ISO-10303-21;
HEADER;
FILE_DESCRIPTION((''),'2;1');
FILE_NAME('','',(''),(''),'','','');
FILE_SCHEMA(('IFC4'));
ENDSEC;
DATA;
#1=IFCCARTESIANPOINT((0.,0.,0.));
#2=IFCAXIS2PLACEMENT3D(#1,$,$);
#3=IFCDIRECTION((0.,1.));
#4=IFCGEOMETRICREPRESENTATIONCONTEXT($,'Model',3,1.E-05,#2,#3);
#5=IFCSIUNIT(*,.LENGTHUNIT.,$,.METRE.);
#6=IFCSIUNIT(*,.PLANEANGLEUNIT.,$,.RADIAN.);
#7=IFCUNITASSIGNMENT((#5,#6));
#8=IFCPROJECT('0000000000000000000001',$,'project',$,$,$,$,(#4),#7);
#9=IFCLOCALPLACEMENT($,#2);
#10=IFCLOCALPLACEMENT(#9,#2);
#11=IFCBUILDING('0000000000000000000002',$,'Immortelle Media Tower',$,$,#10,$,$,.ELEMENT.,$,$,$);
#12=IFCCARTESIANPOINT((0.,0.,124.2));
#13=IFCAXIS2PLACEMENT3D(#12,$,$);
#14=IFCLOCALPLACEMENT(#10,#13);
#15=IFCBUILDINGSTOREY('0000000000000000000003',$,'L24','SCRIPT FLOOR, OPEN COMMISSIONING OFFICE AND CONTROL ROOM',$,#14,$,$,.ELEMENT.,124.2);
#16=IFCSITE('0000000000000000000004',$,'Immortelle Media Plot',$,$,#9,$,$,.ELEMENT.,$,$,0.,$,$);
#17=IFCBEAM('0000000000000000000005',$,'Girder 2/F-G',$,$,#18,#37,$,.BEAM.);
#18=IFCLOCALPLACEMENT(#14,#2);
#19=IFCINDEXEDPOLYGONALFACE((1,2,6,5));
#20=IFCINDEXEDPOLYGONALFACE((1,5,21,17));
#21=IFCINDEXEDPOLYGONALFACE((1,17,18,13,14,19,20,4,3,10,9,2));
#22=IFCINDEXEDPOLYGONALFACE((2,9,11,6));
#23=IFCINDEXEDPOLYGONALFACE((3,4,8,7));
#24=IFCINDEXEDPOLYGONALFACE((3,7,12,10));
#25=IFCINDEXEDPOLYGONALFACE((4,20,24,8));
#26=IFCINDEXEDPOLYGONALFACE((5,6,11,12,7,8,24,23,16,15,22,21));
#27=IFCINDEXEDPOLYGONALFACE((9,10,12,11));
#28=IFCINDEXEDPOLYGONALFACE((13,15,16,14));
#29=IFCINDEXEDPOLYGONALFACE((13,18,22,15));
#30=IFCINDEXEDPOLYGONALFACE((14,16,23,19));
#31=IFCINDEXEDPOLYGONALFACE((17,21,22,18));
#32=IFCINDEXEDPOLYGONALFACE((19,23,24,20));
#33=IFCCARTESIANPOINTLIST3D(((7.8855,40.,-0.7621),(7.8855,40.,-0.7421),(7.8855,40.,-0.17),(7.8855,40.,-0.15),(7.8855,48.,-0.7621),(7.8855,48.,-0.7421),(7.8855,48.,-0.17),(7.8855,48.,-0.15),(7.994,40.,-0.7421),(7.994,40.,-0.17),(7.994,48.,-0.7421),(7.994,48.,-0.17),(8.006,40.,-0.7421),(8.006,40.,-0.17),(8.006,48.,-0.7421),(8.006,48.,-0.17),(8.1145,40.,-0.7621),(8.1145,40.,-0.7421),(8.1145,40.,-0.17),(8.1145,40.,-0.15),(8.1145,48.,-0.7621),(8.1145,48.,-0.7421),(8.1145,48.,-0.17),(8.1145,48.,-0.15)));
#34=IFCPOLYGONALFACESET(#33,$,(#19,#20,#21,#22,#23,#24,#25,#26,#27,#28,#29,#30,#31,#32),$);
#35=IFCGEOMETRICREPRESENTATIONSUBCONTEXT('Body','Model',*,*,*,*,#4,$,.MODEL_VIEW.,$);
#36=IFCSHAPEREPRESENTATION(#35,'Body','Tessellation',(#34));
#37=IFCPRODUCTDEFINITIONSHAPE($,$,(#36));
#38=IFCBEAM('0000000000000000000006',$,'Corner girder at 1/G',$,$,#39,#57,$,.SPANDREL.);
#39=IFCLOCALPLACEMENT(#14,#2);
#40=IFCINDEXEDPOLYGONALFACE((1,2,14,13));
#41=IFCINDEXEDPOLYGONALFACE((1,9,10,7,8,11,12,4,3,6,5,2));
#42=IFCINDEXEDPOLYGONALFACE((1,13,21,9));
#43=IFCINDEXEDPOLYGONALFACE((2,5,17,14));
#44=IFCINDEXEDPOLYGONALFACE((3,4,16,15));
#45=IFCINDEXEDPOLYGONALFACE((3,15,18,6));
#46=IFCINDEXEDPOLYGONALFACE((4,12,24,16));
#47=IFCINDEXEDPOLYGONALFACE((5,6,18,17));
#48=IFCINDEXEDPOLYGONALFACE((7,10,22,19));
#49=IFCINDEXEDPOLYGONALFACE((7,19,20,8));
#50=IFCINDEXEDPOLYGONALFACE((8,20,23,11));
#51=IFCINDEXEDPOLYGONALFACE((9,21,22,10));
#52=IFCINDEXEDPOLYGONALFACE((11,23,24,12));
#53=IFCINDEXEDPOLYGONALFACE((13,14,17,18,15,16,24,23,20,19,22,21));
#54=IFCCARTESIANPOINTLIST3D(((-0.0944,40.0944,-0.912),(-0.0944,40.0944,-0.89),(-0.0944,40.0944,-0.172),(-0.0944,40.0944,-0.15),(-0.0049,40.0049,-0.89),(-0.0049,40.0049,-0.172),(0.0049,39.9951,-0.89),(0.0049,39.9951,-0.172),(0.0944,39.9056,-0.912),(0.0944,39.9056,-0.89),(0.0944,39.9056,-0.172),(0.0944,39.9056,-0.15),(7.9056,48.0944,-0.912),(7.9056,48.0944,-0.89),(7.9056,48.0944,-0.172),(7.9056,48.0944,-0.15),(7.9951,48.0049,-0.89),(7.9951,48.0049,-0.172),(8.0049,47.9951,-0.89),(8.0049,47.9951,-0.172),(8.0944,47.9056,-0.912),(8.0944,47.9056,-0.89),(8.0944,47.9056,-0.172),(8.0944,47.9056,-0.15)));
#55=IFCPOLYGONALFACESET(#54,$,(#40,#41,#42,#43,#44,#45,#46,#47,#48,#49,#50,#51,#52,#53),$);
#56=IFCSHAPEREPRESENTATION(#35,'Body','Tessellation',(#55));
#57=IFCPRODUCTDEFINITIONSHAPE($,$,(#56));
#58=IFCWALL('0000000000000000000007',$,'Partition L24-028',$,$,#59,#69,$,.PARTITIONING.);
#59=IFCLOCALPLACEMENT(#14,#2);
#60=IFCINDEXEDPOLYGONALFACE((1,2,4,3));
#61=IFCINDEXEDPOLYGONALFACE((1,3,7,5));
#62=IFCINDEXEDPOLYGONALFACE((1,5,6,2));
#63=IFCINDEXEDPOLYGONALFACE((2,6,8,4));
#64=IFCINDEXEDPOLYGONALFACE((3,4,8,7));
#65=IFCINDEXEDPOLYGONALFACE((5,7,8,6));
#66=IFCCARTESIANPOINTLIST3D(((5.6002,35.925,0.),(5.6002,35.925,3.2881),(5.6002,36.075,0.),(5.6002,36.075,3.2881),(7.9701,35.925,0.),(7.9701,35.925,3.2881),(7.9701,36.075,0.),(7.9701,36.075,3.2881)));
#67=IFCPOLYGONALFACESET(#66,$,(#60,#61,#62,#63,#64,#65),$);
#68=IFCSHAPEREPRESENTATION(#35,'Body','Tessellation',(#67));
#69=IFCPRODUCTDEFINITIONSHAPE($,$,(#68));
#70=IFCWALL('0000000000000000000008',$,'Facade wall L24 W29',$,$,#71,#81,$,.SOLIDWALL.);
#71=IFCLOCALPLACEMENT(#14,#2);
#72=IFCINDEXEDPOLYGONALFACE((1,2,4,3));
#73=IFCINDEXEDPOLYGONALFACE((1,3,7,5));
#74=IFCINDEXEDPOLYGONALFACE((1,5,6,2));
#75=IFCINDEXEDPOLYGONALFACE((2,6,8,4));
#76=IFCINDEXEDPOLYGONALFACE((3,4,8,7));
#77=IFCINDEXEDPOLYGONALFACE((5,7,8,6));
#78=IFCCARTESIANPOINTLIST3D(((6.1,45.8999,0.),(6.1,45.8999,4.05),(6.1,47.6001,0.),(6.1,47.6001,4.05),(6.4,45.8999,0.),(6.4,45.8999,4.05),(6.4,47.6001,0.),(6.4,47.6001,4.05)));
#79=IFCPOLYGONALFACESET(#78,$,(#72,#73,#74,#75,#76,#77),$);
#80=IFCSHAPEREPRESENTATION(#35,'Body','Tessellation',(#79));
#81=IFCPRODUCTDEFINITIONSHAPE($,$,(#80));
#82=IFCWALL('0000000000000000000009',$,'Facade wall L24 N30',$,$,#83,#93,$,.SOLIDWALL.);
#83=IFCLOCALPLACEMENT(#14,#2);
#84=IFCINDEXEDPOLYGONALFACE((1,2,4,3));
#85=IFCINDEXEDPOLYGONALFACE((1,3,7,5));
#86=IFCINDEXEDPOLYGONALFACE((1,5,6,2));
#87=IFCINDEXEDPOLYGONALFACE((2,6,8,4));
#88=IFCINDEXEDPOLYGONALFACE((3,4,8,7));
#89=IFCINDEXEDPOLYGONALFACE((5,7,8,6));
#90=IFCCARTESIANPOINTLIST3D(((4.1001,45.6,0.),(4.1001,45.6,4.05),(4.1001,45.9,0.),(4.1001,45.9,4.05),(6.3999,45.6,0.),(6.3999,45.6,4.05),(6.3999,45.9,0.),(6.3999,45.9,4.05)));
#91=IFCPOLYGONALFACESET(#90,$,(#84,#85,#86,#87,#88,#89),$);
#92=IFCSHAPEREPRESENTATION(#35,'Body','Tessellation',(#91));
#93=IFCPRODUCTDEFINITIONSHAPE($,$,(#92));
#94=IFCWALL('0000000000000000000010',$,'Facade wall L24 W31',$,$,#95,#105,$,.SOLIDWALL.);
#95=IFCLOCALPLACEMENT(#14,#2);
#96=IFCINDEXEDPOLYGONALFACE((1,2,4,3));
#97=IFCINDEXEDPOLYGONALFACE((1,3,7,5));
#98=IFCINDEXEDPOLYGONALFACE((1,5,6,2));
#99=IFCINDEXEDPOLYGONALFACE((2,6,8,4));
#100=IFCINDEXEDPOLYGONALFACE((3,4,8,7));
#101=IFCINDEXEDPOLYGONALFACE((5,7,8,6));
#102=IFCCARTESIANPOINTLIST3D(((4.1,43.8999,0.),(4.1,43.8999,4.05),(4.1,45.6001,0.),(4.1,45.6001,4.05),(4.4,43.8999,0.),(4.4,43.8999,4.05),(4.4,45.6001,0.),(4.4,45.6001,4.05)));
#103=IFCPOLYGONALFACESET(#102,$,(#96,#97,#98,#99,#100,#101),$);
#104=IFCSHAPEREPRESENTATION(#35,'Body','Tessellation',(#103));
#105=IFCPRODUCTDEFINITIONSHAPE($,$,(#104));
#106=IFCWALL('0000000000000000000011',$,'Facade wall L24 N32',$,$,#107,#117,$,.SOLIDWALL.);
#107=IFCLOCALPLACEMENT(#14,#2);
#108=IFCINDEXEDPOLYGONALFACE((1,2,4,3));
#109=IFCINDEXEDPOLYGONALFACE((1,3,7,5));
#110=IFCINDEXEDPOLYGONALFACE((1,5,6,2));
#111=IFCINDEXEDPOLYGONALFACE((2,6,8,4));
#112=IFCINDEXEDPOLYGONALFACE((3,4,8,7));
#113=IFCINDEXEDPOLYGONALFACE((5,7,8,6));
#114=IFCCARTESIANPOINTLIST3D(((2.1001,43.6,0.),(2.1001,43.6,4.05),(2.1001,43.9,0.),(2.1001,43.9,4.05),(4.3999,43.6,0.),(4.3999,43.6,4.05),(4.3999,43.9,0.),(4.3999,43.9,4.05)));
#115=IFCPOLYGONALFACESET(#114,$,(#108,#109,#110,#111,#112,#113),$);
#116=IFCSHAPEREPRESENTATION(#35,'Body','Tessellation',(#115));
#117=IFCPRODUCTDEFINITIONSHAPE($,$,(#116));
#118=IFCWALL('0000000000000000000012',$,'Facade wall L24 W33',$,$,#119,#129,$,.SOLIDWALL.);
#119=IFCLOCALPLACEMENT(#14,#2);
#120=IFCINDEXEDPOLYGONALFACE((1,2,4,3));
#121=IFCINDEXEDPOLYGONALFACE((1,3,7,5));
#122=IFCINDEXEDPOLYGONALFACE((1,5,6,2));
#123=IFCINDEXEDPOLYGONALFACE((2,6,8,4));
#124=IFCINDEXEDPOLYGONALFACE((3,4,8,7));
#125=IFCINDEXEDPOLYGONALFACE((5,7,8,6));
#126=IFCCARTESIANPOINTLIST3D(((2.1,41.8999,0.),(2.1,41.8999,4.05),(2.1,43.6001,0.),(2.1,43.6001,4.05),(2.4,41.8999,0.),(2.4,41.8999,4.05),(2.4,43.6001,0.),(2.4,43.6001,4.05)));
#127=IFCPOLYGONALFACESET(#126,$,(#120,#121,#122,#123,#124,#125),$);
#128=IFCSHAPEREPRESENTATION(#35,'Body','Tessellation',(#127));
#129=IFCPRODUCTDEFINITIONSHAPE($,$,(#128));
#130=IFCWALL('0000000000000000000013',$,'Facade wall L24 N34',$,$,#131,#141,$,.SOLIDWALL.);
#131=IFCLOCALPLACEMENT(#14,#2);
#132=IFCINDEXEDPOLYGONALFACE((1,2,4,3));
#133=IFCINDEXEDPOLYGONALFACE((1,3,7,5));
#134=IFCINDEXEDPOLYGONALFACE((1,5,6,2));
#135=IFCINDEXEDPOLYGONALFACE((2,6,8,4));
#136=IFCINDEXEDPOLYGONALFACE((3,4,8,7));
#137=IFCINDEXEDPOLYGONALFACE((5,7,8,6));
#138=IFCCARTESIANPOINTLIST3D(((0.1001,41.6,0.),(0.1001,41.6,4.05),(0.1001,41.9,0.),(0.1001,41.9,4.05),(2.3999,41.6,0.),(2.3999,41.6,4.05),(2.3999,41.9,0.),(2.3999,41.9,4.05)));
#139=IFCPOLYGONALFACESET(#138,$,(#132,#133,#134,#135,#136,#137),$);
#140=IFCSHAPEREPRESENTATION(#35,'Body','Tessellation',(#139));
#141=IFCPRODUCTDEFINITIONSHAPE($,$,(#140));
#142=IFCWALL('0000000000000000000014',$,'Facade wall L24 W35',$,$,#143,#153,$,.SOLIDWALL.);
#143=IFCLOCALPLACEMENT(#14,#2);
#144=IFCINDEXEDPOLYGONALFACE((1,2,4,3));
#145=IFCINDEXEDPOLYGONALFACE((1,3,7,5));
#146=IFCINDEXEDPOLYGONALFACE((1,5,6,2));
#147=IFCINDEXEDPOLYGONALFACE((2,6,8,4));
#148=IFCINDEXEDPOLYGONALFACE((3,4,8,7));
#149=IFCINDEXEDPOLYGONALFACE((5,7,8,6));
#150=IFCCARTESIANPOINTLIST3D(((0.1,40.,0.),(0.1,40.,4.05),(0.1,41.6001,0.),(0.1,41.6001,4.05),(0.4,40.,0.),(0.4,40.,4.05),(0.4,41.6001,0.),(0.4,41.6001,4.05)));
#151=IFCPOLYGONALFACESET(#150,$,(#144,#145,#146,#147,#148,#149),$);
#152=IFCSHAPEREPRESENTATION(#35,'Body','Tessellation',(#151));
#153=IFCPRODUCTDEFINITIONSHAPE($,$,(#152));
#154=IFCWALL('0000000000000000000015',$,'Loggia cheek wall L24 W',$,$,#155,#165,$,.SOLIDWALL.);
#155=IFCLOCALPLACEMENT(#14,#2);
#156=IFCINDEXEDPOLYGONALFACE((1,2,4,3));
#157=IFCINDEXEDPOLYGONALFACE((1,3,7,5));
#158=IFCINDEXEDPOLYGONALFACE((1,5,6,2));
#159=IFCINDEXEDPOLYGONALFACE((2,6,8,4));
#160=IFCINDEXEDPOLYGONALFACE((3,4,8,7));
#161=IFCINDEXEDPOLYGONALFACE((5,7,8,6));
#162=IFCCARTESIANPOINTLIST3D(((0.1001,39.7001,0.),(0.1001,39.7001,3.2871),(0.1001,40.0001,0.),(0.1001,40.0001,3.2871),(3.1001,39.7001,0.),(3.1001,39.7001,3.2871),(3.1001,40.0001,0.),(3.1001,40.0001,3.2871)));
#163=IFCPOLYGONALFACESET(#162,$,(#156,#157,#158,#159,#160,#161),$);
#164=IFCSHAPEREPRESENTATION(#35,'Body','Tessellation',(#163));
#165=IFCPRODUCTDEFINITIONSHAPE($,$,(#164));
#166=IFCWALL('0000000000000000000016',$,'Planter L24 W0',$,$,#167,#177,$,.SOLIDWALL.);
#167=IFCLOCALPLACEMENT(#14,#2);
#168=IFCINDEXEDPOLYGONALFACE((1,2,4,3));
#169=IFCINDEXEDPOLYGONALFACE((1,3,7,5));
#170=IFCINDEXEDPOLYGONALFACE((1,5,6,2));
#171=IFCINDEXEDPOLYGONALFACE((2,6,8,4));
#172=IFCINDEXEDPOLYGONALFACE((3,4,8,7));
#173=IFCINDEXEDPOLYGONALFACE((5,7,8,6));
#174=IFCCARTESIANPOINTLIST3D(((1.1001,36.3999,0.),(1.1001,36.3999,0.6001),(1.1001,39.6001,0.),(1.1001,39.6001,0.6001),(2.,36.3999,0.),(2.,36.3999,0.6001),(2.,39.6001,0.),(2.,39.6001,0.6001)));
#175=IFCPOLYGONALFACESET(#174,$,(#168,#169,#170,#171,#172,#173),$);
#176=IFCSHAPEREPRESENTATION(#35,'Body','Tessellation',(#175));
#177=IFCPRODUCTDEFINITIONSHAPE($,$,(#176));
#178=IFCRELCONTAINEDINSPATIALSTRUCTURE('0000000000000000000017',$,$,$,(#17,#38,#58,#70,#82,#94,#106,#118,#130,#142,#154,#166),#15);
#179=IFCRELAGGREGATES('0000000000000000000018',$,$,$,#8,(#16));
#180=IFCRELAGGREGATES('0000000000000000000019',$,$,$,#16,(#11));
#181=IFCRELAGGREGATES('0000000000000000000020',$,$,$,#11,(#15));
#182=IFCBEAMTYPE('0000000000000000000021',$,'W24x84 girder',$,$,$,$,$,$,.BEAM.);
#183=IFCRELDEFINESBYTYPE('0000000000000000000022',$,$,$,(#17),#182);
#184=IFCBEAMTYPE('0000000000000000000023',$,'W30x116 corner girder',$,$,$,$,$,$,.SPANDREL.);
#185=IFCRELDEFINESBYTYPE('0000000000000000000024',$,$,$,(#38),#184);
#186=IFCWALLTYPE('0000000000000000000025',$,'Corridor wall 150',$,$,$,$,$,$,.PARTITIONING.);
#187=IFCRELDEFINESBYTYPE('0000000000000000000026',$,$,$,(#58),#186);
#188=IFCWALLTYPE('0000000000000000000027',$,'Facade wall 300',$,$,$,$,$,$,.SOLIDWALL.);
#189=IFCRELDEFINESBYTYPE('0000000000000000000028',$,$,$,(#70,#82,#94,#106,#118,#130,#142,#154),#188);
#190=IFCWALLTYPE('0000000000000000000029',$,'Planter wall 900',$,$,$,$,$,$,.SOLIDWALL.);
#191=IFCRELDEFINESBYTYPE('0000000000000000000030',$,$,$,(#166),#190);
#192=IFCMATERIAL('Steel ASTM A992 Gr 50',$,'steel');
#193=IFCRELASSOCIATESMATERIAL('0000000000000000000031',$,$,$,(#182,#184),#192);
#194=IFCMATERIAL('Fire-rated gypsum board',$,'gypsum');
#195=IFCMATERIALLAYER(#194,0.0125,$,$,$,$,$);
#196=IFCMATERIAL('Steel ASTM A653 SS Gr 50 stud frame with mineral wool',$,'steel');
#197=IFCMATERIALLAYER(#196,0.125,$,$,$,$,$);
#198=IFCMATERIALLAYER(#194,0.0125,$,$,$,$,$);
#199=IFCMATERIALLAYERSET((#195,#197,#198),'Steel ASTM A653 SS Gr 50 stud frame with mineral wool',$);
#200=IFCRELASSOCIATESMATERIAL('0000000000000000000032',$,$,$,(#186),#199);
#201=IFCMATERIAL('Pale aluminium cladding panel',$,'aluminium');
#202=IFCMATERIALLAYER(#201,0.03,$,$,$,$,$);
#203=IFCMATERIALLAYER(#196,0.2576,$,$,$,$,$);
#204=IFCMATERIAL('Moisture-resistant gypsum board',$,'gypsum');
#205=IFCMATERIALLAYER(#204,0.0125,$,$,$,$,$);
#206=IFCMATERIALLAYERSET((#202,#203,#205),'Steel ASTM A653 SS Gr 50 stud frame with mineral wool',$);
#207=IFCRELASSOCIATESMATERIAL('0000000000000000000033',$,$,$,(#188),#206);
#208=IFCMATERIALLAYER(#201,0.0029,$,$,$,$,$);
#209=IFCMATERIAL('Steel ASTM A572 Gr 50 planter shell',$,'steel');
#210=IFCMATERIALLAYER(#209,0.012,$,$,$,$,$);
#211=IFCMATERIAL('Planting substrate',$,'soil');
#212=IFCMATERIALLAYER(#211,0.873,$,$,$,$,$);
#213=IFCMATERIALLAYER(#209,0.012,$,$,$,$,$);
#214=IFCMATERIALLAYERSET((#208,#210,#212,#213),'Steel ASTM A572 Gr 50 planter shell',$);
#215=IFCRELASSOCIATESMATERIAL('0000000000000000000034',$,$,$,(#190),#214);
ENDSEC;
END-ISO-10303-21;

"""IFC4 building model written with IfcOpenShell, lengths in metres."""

from ifc_helpers import new_model, si_unit, direction, frame, frame_2d, origin, origin_2d, place, context, subcontext, project, spatial, rectangle, i_section, extrude, material, layer, layer_set, material_profile, profile_set, type_object, element, save


model = new_model("IFC4")

# Units and contexts
model_context = context("Model", 3, precision=1e-05, world=origin(), true_north=direction((0.0, 1.0)))
body_context = subcontext(model_context, "Body", "Model", "MODEL_VIEW")
ifc_project = project(units=[si_unit("LENGTHUNIT", "METRE"), si_unit("PLANEANGLEUNIT", "RADIAN")], contexts=[model_context])

# Site, building, storey
site_placement = place(None, origin())
site = spatial("IfcSite", under=ifc_project, at=site_placement, Name="Immortelle Media Plot", CompositionType="ELEMENT", RefElevation=0.0)
building_placement = place(site_placement, origin())
building = spatial("IfcBuilding", under=site, at=building_placement, Name="Immortelle Media Tower", CompositionType="ELEMENT")
storey_placement = place(building_placement, frame((0.0, 0.0, 124.2)))
storey = spatial("IfcBuildingStorey", under=building, at=storey_placement, Name="L24", Description="SCRIPT FLOOR, OPEN COMMISSIONING OFFICE AND CONTROL ROOM", CompositionType="ELEMENT", Elevation=124.2)

# Shared definitions
ifc_material_1 = material(Name="Steel ASTM A992 Gr 50", Category="steel")

# Beams
ifc_material_profile_1 = material_profile(ifc_material_1, i_section(OverallWidth=0.229, OverallDepth=0.6121, WebThickness=0.012, FlangeThickness=0.02, at=origin_2d()), Name="W24x84")
ifc_profile_set_1 = profile_set([ifc_material_profile_1], Name="Steel ASTM A992 Gr 50")
beam_type_1 = type_object("IfcBeamType", Name="W24x84 girder", PredefinedType="BEAM", material=ifc_profile_set_1)
for number, where, z_axis, x_axis, name in (
    (1, (8.0, 40.0, -0.4561), (0.0, 1.0, 0.0), (-1.0, 0.0, 0.0), "Girder 2/F-G"),
):
    element("IfcBeam", number, at=place(storey_placement, frame(where, z_axis=z_axis, x_axis=x_axis)), inside=storey, type_object=beam_type_1, Name=name, PredefinedType="BEAM", context=body_context, shape_type="SweptSolid", body=[
        extrude(i_section(OverallWidth=0.229, OverallDepth=0.6121, WebThickness=0.012, FlangeThickness=0.02, at=origin_2d()), origin(), (0.0, 0.0, 1.0), 8.0),
    ])
ifc_material_profile_2 = material_profile(ifc_material_1, i_section(OverallWidth=0.2671, OverallDepth=0.762, WebThickness=0.0139, FlangeThickness=0.022, at=origin_2d()), Name="W30x116")
ifc_profile_set_2 = profile_set([ifc_material_profile_2], Name="Steel ASTM A992 Gr 50")
beam_type_2 = type_object("IfcBeamType", Name="W30x116 corner girder", PredefinedType="SPANDREL", material=ifc_profile_set_2)
beam_1_placement = place(storey_placement, frame((0.0, 40.0, -0.531), z_axis=(0.707107, 0.707107, 0.0), x_axis=(-0.707107, 0.707107, 0.0)))
element("IfcBeam", 2, at=beam_1_placement, inside=storey, type_object=beam_type_2, Name="Corner girder at 1/G", PredefinedType="SPANDREL", context=body_context, shape_type="SweptSolid", body=[
    extrude(i_section(OverallWidth=0.2671, OverallDepth=0.762, WebThickness=0.0139, FlangeThickness=0.022, at=origin_2d()), origin(), (0.0, 0.0, 1.0), 11.3137),
])

# Walls
ifc_material_2 = material(Name="Fire-rated gypsum board", Category="gypsum")
ifc_layer_1 = layer(ifc_material_2, 0.0125)
ifc_material_3 = material(Name="Steel ASTM A653 SS Gr 50 stud frame with mineral wool", Category="steel")
ifc_layer_2 = layer(ifc_material_3, 0.125)
ifc_layer_3 = layer(ifc_material_2, 0.0125)
ifc_layer_set_1 = layer_set([ifc_layer_1, ifc_layer_2, ifc_layer_3], Name="Steel ASTM A653 SS Gr 50 stud frame with mineral wool")
wall_type_1 = type_object("IfcWallType", Name="Corridor wall 150", PredefinedType="PARTITIONING", material=ifc_layer_set_1)
wall_1_placement = place(storey_placement, frame((5.6001, 36.0, 0.0), z_axis=(0.0, 0.0, 1.0), x_axis=(1.0, 0.0, 0.0)))
element("IfcWall", 3, at=wall_1_placement, inside=storey, type_object=wall_type_1, Name="Partition L24-028", PredefinedType="PARTITIONING", context=body_context, shape_type="SweptSolid", body=[
    extrude(rectangle(XDim=2.3699, YDim=0.1499, at=frame_2d((1.1851, 0.0))), origin(), (0.0, 0.0, 1.0), 3.2881),
])
ifc_material_4 = material(Name="Pale aluminium cladding panel", Category="aluminium")
ifc_layer_4 = layer(ifc_material_4, 0.03)
ifc_layer_5 = layer(ifc_material_3, 0.2576)
ifc_material_5 = material(Name="Moisture-resistant gypsum board", Category="gypsum")
ifc_layer_6 = layer(ifc_material_5, 0.0125)
ifc_layer_set_2 = layer_set([ifc_layer_4, ifc_layer_5, ifc_layer_6], Name="Steel ASTM A653 SS Gr 50 stud frame with mineral wool")
wall_type_2 = type_object("IfcWallType", Name="Facade wall 300", PredefinedType="SOLIDWALL", material=ifc_layer_set_2)
wall_2_placement = place(storey_placement, frame((6.25, 47.6001, 0.0), z_axis=(0.0, 0.0, 1.0), x_axis=(0.0, -1.0, 0.0)))
element("IfcWall", 4, at=wall_2_placement, inside=storey, type_object=wall_type_2, Name="Facade wall L24 W29", PredefinedType="SOLIDWALL", context=body_context, shape_type="SweptSolid", body=[
    extrude(rectangle(XDim=1.7002, YDim=0.3, at=frame_2d((0.8501, 0.0))), origin(), (0.0, 0.0, 1.0), 4.05),
])
wall_3_placement = place(storey_placement, frame((6.3999, 45.75, 0.0), z_axis=(0.0, 0.0, 1.0), x_axis=(-1.0, 0.0, 0.0)))
element("IfcWall", 5, at=wall_3_placement, inside=storey, type_object=wall_type_2, Name="Facade wall L24 N30", PredefinedType="SOLIDWALL", context=body_context, shape_type="SweptSolid", body=[
    extrude(rectangle(XDim=2.2998, YDim=0.3, at=frame_2d((1.1499, 0.0))), origin(), (0.0, 0.0, 1.0), 4.05),
])
wall_4_placement = place(storey_placement, frame((4.25, 45.6001, 0.0), z_axis=(0.0, 0.0, 1.0), x_axis=(0.0, -1.0, 0.0)))
element("IfcWall", 6, at=wall_4_placement, inside=storey, type_object=wall_type_2, Name="Facade wall L24 W31", PredefinedType="SOLIDWALL", context=body_context, shape_type="SweptSolid", body=[
    extrude(rectangle(XDim=1.7002, YDim=0.3, at=frame_2d((0.8501, 0.0))), origin(), (0.0, 0.0, 1.0), 4.05),
])
wall_5_placement = place(storey_placement, frame((4.3999, 43.75, 0.0), z_axis=(0.0, 0.0, 1.0), x_axis=(-1.0, 0.0, 0.0)))
element("IfcWall", 7, at=wall_5_placement, inside=storey, type_object=wall_type_2, Name="Facade wall L24 N32", PredefinedType="SOLIDWALL", context=body_context, shape_type="SweptSolid", body=[
    extrude(rectangle(XDim=2.2998, YDim=0.3, at=frame_2d((1.1499, 0.0))), origin(), (0.0, 0.0, 1.0), 4.05),
])
wall_6_placement = place(storey_placement, frame((2.25, 43.6001, 0.0), z_axis=(0.0, 0.0, 1.0), x_axis=(0.0, -1.0, 0.0)))
element("IfcWall", 8, at=wall_6_placement, inside=storey, type_object=wall_type_2, Name="Facade wall L24 W33", PredefinedType="SOLIDWALL", context=body_context, shape_type="SweptSolid", body=[
    extrude(rectangle(XDim=1.7002, YDim=0.3, at=frame_2d((0.8501, 0.0))), origin(), (0.0, 0.0, 1.0), 4.05),
])
wall_7_placement = place(storey_placement, frame((2.3999, 41.75, 0.0), z_axis=(0.0, 0.0, 1.0), x_axis=(-1.0, 0.0, 0.0)))
element("IfcWall", 9, at=wall_7_placement, inside=storey, type_object=wall_type_2, Name="Facade wall L24 N34", PredefinedType="SOLIDWALL", context=body_context, shape_type="SweptSolid", body=[
    extrude(rectangle(XDim=2.2998, YDim=0.3, at=frame_2d((1.1499, 0.0))), origin(), (0.0, 0.0, 1.0), 4.05),
])
wall_8_placement = place(storey_placement, frame((0.25, 41.6001, 0.0), z_axis=(0.0, 0.0, 1.0), x_axis=(0.0, -1.0, 0.0)))
element("IfcWall", 10, at=wall_8_placement, inside=storey, type_object=wall_type_2, Name="Facade wall L24 W35", PredefinedType="SOLIDWALL", context=body_context, shape_type="SweptSolid", body=[
    extrude(rectangle(XDim=1.6001, YDim=0.3, at=frame_2d((0.8, 0.0))), origin(), (0.0, 0.0, 1.0), 4.05),
])

# Walls
wall_9_placement = place(storey_placement, frame((0.1001, 39.8501, 0.0), z_axis=(0.0, 0.0, 1.0), x_axis=(1.0, 0.0, 0.0)))
element("IfcWall", 11, at=wall_9_placement, inside=storey, type_object=wall_type_2, Name="Loggia cheek wall L24 W", PredefinedType="SOLIDWALL", context=body_context, shape_type="SweptSolid", body=[
    extrude(rectangle(XDim=3.0, YDim=0.3, at=frame_2d((1.5, 0.0))), origin(), (0.0, 0.0, 1.0), 3.2871),
])
ifc_layer_7 = layer(ifc_material_4, 0.0029)
ifc_material_6 = material(Name="Steel ASTM A572 Gr 50 planter shell", Category="steel")
ifc_layer_8 = layer(ifc_material_6, 0.012)
ifc_material_7 = material(Name="Planting substrate", Category="soil")
ifc_layer_9 = layer(ifc_material_7, 0.873)
ifc_layer_10 = layer(ifc_material_6, 0.012)
ifc_layer_set_3 = layer_set([ifc_layer_7, ifc_layer_8, ifc_layer_9, ifc_layer_10], Name="Steel ASTM A572 Gr 50 planter shell")
wall_type_3 = type_object("IfcWallType", Name="Planter wall 900", PredefinedType="SOLIDWALL", material=ifc_layer_set_3)
wall_10_placement = place(storey_placement, frame((1.55, 39.6001, 0.0), z_axis=(0.0, 0.0, 1.0), x_axis=(0.0, -1.0, 0.0)))
element("IfcWall", 12, at=wall_10_placement, inside=storey, type_object=wall_type_3, Name="Planter L24 W0", PredefinedType="SOLIDWALL", context=body_context, shape_type="SweptSolid", body=[
    extrude(rectangle(XDim=3.2002, YDim=0.8999, at=frame_2d((1.6001, 0.0))), origin(), (0.0, 0.0, 1.0), 0.6001),
])

save(model, "model.ifc")
